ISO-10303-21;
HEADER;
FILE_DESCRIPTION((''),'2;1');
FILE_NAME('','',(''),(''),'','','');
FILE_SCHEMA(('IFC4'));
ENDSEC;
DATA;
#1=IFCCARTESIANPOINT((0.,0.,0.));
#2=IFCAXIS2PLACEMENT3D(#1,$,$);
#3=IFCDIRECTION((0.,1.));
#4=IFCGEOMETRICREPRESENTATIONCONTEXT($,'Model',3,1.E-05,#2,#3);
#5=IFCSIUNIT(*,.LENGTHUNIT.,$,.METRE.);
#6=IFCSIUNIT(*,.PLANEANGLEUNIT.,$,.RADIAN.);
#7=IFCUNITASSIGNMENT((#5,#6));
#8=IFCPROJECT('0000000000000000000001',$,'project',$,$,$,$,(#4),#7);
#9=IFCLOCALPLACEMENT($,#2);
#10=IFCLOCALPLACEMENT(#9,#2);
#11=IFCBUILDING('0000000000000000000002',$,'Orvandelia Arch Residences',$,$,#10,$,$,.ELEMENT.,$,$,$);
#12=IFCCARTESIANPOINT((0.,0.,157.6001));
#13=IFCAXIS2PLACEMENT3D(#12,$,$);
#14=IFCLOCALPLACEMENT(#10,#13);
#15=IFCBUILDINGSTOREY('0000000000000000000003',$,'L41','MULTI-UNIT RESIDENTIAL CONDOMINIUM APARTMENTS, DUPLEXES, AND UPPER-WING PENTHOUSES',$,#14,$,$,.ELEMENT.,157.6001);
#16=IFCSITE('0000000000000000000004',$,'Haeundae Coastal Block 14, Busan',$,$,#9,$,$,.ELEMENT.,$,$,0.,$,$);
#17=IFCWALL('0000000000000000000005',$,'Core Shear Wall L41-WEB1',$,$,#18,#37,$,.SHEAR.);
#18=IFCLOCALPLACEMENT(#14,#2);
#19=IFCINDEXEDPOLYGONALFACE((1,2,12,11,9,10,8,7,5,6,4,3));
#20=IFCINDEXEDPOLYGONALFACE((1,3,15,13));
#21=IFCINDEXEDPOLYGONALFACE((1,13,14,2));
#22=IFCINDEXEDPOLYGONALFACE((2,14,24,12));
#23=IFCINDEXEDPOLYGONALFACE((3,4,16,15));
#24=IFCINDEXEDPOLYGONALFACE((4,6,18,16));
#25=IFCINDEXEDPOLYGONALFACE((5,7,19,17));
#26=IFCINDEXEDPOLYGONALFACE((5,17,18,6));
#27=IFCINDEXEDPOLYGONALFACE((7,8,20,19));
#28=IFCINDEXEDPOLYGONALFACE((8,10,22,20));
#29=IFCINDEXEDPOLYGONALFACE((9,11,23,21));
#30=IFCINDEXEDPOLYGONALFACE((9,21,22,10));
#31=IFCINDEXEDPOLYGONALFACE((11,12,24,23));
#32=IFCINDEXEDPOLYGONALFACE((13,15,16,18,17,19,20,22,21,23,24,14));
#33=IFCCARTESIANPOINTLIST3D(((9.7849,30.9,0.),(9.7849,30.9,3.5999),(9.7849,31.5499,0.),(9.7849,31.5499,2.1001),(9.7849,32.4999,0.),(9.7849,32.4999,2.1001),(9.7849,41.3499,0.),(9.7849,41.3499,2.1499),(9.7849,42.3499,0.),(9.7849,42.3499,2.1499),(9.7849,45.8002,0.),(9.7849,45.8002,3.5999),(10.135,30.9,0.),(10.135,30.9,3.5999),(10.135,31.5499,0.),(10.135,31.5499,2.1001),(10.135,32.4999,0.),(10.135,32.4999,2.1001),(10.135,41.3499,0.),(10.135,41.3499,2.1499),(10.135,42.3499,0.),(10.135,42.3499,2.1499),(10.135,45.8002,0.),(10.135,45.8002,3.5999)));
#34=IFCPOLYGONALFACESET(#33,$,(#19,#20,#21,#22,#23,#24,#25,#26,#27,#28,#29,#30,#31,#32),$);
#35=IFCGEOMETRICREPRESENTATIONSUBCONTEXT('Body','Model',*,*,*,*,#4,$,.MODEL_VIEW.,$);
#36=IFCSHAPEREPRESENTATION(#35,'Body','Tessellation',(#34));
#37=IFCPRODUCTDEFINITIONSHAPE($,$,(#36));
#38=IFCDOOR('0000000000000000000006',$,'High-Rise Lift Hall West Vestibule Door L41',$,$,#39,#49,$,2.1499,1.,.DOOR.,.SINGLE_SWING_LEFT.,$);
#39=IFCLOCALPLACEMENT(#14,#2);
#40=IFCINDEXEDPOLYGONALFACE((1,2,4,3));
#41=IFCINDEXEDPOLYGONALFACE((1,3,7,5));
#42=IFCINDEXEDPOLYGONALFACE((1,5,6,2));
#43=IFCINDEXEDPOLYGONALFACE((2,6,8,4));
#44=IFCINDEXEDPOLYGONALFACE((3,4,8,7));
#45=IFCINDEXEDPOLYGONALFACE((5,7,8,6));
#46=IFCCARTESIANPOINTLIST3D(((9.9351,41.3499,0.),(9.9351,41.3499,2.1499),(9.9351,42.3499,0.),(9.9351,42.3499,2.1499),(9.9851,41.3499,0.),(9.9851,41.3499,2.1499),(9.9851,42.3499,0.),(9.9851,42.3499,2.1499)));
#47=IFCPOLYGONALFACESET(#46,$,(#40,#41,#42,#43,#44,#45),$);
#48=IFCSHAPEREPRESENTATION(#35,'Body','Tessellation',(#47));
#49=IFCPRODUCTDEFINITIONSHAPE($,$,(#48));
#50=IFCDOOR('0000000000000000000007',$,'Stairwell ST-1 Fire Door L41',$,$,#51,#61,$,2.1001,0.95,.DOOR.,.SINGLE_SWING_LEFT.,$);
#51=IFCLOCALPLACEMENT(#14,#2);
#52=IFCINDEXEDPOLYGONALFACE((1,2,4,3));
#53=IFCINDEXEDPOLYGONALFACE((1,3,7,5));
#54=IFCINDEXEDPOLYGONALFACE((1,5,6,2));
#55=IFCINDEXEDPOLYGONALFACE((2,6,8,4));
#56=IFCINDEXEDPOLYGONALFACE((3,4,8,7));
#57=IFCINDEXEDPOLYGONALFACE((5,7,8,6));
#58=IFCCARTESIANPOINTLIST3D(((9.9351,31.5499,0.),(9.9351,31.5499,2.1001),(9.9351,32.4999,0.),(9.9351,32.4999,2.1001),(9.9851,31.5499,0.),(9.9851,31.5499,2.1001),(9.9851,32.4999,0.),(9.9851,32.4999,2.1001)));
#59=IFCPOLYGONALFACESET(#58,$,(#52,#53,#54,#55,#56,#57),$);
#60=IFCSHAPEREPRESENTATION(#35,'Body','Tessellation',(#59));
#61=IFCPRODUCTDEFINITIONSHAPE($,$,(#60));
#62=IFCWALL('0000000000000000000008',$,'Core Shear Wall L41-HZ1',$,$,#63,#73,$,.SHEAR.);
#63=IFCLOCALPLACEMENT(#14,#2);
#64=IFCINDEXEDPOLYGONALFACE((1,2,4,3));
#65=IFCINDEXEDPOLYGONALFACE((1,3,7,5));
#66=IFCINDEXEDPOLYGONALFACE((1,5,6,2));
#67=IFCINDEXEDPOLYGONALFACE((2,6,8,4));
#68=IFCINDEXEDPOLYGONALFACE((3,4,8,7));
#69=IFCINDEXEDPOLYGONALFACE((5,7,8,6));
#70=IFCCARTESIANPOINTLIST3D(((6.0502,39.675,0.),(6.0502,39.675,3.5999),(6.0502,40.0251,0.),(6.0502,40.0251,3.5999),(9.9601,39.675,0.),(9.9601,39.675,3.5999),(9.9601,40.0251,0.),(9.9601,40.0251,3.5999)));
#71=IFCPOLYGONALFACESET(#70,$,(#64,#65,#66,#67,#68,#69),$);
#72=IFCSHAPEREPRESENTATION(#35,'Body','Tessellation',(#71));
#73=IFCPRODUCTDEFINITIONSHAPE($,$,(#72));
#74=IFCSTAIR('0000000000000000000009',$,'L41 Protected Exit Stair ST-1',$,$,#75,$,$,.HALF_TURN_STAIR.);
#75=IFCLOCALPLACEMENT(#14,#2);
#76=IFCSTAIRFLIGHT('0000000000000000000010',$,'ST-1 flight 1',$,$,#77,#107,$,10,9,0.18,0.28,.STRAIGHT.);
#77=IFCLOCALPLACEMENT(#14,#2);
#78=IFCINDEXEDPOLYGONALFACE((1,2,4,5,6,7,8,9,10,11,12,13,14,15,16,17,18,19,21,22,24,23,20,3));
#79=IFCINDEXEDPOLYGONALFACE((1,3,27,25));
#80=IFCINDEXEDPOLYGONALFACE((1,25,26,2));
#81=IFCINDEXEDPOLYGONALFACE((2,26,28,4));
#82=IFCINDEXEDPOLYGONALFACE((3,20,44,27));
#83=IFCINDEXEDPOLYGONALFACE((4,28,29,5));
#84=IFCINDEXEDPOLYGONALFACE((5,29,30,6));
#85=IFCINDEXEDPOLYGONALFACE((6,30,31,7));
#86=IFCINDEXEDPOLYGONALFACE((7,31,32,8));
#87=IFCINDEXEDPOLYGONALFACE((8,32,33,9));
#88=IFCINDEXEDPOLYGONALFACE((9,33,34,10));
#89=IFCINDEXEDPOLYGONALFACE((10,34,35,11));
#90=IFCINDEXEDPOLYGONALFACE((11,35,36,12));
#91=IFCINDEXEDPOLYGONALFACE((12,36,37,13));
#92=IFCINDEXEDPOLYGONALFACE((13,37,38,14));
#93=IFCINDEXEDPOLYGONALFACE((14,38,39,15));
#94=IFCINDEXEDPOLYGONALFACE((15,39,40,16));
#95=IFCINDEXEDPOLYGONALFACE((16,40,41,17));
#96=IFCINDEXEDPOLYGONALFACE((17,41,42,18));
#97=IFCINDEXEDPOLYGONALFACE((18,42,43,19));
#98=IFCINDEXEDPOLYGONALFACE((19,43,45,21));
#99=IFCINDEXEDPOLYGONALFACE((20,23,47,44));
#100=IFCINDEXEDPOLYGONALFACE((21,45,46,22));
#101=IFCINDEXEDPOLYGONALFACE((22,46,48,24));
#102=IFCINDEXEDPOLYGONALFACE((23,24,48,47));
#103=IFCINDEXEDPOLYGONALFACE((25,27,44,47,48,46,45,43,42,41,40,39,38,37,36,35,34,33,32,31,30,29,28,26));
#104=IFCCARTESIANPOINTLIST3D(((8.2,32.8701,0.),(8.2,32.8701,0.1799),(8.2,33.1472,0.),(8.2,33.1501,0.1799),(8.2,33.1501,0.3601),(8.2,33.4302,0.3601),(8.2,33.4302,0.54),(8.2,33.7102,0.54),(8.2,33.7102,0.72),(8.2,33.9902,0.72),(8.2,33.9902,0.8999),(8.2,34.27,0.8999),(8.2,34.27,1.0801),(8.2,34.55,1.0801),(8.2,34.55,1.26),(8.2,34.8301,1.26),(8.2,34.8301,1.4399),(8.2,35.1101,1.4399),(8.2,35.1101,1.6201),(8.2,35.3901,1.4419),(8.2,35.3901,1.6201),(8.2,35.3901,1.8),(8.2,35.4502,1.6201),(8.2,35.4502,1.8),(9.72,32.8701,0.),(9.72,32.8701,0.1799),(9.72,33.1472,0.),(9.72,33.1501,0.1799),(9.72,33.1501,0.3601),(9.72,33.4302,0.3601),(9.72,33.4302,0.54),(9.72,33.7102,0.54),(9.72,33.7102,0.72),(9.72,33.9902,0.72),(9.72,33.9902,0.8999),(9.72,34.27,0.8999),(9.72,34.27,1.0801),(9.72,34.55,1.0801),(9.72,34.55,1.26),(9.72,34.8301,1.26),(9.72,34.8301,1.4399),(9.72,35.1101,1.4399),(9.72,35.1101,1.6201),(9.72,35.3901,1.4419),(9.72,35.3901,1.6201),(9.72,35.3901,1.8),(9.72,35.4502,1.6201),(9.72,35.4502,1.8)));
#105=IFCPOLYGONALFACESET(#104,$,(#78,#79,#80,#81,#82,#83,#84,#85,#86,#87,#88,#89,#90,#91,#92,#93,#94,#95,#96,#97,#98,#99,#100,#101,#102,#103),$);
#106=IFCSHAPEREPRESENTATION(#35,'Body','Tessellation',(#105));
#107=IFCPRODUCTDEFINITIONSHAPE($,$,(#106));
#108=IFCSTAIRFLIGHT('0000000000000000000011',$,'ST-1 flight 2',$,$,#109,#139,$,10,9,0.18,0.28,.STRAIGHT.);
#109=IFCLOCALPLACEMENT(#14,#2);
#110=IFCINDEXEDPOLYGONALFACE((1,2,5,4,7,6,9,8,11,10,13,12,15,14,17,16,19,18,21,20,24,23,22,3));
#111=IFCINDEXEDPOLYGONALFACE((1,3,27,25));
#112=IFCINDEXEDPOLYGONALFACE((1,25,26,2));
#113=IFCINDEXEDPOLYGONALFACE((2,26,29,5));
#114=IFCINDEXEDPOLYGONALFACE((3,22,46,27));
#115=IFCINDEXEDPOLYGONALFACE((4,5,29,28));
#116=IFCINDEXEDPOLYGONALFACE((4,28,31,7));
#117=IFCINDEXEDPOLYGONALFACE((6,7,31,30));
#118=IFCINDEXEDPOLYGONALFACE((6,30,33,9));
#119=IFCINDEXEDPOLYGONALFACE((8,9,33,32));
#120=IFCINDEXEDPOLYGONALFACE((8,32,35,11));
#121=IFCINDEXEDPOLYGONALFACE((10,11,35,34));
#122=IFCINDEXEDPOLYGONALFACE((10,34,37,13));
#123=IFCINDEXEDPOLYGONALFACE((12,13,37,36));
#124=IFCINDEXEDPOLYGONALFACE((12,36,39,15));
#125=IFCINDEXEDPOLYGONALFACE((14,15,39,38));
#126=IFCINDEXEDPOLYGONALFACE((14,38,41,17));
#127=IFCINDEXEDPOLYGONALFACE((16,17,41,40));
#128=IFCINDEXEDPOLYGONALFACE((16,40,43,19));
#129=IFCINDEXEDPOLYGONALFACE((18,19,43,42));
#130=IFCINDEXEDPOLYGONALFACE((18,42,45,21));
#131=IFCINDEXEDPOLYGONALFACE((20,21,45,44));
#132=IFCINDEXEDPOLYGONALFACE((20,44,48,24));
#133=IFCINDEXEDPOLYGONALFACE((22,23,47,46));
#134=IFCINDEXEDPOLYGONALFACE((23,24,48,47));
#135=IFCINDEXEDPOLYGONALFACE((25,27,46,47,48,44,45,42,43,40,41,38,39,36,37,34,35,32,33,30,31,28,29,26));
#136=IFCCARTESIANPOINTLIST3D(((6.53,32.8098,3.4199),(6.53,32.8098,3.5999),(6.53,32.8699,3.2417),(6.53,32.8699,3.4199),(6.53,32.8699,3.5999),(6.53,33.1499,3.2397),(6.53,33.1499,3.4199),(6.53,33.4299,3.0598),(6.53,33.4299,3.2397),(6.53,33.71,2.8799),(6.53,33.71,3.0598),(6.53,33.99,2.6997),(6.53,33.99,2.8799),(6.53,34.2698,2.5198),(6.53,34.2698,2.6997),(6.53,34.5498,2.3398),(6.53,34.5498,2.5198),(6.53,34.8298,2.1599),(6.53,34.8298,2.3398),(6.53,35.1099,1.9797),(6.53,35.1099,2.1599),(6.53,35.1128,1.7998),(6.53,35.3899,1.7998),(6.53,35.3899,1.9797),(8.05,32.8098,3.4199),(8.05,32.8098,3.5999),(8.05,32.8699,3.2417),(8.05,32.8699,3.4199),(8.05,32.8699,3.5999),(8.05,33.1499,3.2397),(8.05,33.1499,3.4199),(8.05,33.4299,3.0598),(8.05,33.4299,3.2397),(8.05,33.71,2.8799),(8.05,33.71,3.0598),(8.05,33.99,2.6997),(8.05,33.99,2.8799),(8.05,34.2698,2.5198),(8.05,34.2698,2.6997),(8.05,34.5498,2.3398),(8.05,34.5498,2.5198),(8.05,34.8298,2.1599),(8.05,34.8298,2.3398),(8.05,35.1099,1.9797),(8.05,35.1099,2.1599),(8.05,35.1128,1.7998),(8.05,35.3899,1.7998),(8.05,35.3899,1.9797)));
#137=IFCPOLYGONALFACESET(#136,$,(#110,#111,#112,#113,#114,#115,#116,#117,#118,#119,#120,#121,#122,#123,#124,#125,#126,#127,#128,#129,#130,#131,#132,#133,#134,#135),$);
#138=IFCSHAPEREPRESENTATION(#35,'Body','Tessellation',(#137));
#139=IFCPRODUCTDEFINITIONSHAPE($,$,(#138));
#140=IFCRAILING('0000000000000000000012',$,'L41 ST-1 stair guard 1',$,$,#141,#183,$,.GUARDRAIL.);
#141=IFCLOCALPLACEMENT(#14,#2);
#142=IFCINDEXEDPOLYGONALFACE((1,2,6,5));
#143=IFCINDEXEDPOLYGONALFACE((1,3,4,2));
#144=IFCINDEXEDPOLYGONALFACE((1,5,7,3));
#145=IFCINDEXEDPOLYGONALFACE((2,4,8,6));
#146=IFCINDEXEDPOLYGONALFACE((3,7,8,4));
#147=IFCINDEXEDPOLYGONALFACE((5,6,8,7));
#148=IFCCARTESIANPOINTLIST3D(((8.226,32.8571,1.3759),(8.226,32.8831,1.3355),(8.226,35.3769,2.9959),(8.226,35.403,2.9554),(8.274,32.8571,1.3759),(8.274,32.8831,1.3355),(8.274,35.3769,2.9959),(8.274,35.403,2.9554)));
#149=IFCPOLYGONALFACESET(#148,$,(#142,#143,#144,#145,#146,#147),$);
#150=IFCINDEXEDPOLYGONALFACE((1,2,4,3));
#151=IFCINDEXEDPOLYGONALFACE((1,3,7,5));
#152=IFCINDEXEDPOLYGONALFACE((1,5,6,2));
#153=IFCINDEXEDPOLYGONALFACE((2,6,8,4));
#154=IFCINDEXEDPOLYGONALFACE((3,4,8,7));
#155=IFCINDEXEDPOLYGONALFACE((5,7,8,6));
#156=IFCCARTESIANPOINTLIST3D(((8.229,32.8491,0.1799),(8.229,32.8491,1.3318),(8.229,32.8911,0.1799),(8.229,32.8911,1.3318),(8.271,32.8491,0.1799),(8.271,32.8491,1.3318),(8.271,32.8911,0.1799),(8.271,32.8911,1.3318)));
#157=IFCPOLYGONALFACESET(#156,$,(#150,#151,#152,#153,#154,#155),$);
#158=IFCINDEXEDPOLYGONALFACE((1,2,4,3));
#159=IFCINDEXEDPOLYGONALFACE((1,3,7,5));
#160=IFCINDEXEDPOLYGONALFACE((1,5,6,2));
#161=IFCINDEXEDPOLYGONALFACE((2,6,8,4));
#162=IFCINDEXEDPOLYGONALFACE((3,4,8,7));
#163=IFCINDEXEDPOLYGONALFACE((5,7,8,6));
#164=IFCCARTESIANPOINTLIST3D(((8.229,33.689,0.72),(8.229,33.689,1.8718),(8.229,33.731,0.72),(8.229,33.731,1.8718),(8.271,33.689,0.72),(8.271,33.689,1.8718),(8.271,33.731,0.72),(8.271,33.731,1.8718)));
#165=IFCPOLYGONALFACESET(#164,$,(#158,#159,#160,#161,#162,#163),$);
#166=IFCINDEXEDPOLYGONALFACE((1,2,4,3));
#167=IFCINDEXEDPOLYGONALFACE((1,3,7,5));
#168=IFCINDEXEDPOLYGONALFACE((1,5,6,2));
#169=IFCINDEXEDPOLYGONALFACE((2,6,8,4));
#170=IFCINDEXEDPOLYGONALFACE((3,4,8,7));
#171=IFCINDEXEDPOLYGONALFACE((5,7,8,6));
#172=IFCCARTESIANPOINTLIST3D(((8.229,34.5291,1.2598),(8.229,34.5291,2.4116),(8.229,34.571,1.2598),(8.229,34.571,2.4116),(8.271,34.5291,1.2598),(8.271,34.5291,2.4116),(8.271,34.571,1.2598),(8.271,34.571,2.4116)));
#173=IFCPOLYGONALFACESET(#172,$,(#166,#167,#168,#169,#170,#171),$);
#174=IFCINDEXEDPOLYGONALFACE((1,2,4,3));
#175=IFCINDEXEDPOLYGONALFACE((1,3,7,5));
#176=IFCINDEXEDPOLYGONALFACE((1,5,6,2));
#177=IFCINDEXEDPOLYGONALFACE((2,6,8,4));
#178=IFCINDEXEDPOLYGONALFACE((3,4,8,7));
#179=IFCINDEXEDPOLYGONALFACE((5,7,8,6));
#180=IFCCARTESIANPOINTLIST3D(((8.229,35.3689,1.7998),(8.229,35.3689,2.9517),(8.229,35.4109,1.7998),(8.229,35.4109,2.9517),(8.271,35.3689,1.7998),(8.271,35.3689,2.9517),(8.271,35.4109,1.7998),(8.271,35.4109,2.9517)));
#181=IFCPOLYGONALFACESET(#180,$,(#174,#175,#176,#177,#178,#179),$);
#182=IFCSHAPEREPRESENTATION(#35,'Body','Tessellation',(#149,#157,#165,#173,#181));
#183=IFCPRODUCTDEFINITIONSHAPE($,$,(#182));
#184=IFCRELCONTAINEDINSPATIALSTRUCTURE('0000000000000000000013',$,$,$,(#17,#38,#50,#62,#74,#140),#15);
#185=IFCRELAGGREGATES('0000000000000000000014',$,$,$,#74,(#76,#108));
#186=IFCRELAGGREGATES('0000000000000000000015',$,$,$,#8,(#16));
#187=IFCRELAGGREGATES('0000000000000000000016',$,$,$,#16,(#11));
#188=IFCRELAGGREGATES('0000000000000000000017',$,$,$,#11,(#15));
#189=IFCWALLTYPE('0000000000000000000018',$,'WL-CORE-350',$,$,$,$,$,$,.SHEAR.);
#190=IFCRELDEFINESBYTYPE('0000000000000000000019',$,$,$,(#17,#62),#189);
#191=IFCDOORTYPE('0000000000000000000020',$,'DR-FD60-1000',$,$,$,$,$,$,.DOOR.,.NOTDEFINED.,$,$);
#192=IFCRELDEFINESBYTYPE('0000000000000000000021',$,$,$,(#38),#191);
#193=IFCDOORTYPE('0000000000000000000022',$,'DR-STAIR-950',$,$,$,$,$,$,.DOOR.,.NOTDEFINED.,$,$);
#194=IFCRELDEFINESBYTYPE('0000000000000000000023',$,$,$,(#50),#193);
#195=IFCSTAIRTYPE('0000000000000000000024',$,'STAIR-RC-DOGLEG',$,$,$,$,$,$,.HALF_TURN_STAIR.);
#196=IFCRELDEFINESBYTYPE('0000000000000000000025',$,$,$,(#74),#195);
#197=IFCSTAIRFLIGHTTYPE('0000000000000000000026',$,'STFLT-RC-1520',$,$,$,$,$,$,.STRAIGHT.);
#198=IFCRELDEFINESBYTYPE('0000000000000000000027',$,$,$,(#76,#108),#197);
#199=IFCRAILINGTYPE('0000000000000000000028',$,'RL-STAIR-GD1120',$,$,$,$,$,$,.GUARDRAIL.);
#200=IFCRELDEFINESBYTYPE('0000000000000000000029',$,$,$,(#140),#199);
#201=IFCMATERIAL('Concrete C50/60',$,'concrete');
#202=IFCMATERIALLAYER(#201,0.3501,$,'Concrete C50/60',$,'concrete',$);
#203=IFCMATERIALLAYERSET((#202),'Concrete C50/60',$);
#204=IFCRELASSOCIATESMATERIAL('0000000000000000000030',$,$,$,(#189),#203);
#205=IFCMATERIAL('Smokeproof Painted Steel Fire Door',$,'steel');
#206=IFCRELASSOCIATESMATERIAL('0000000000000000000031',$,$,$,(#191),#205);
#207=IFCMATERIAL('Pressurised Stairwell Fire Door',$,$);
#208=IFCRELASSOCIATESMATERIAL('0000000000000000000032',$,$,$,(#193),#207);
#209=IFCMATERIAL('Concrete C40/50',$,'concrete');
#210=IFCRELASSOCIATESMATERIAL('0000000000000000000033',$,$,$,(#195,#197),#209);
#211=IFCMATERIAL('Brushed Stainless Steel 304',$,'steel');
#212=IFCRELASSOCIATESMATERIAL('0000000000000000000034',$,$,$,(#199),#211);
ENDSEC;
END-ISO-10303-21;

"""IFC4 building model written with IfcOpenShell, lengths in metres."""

from ifc_helpers import new_model, si_unit, direction, frame, frame_2d, origin, origin_2d, place, context, subcontext, project, spatial, polyline, rectangle, outline, extrude, material, layer, layer_set, type_object, element, fill, aggregate, save


model = new_model("IFC4")

# Units and contexts
model_context = context("Model", 3, precision=1e-05, world=origin(), true_north=direction((0.0, 1.0)))
body_context = subcontext(model_context, "Body", "Model", "MODEL_VIEW")
ifc_project = project(units=[si_unit("LENGTHUNIT", "METRE"), si_unit("PLANEANGLEUNIT", "RADIAN")], contexts=[model_context])

# Site, building, storey
site_placement = place(None, origin())
site = spatial("IfcSite", under=ifc_project, at=site_placement, Name="Haeundae Coastal Block 14, Busan", CompositionType="ELEMENT", RefElevation=0.0)
building_placement = place(site_placement, origin())
building = spatial("IfcBuilding", under=site, at=building_placement, Name="Orvandelia Arch Residences", CompositionType="ELEMENT")
storey_placement = place(building_placement, frame((0.0, 0.0, 157.6001)))
storey = spatial("IfcBuildingStorey", under=building, at=storey_placement, Name="L41", Description="MULTI-UNIT RESIDENTIAL CONDOMINIUM APARTMENTS, DUPLEXES, AND UPPER-WING PENTHOUSES", CompositionType="ELEMENT", Elevation=157.6001)

# Wall, openings, doors
ifc_material_1 = material(Name="Concrete C50/60", Category="concrete")
ifc_layer_1 = layer(ifc_material_1, 0.3501, Name="Concrete C50/60", Category="concrete")
ifc_layer_set_1 = layer_set([ifc_layer_1], Name="Concrete C50/60")
wall_type_1 = type_object("IfcWallType", Name="WL-CORE-350", PredefinedType="SHEAR", material=ifc_layer_set_1)
wall_1_placement = place(storey_placement, frame((9.96, 30.8999, 0.0), z_axis=(0.0, 0.0, 1.0), x_axis=(0.0, 1.0, 0.0)))
wall_1 = element("IfcWall", 1, at=wall_1_placement, inside=storey, type_object=wall_type_1, Name="Core Shear Wall L41-WEB1", PredefinedType="SHEAR", context=body_context, shape_type="SweptSolid", body=[
    extrude(rectangle(XDim=14.9001, YDim=0.3501, at=frame_2d((7.4502, 0.0))), origin(), (0.0, 0.0, 1.0), 3.5999),
])
opening_1_placement = place(wall_1_placement, frame((0.6499, 0.0, 0.0)))
opening_1 = element("IfcOpeningElement", 2, at=opening_1_placement, cuts=wall_1, PredefinedType="OPENING", context=body_context, shape_type="SweptSolid", body=[
    extrude(rectangle(XDim=0.95, YDim=2.1001, at=frame_2d((0.4751, 1.05))), frame((0.0, 0.1851, 0.0), z_axis=(0.0, -1.0, 0.0), x_axis=(1.0, 0.0, 0.0)), (0.0, 0.0, 1.0), 0.3701),
])
opening_2_placement = place(wall_1_placement, frame((10.45, 0.0, 0.0)))
opening_2 = element("IfcOpeningElement", 3, at=opening_2_placement, cuts=wall_1, PredefinedType="OPENING", context=body_context, shape_type="SweptSolid", body=[
    extrude(rectangle(XDim=1.0, YDim=2.1499, at=frame_2d((0.5, 1.075))), frame((0.0, 0.1851, 0.0), z_axis=(0.0, -1.0, 0.0), x_axis=(1.0, 0.0, 0.0)), (0.0, 0.0, 1.0), 0.3701),
])
ifc_material_2 = material(Name="Smokeproof Painted Steel Fire Door", Category="steel")
door_type_1 = type_object("IfcDoorType", Name="DR-FD60-1000", OperationType="NOTDEFINED", PredefinedType="DOOR", material=ifc_material_2)
door_1_placement = place(opening_2_placement, origin())
door_1 = element("IfcDoor", 4, at=door_1_placement, inside=storey, type_object=door_type_1, Name="High-Rise Lift Hall West Vestibule Door L41", OperationType="SINGLE_SWING_LEFT", OverallHeight=2.1499, OverallWidth=1.0, PredefinedType="DOOR", context=body_context, shape_type="SweptSolid", body=[
    extrude(rectangle(XDim=1.0, YDim=2.1499, at=frame_2d((0.5, 1.075))), frame((0.0, 0.0249, 0.0), z_axis=(0.0, -1.0, 0.0), x_axis=(1.0, 0.0, 0.0)), (0.0, 0.0, 1.0), 0.05),
])
fill(opening_2, door_1)
ifc_material_3 = material(Name="Pressurised Stairwell Fire Door")
door_type_2 = type_object("IfcDoorType", Name="DR-STAIR-950", OperationType="NOTDEFINED", PredefinedType="DOOR", material=ifc_material_3)
door_2_placement = place(opening_1_placement, origin())
door_2 = element("IfcDoor", 5, at=door_2_placement, inside=storey, type_object=door_type_2, Name="Stairwell ST-1 Fire Door L41", OperationType="SINGLE_SWING_LEFT", OverallHeight=2.1001, OverallWidth=0.95, PredefinedType="DOOR", context=body_context, shape_type="SweptSolid", body=[
    extrude(rectangle(XDim=0.95, YDim=2.1001, at=frame_2d((0.4751, 1.05))), frame((0.0, 0.0249, 0.0), z_axis=(0.0, -1.0, 0.0), x_axis=(1.0, 0.0, 0.0)), (0.0, 0.0, 1.0), 0.05),
])
fill(opening_1, door_2)

# Wall
wall_2_placement = place(storey_placement, frame((6.05, 39.8501, 0.0), z_axis=(0.0, 0.0, 1.0), x_axis=(1.0, 0.0, 0.0)))
element("IfcWall", 6, at=wall_2_placement, inside=storey, type_object=wall_type_1, Name="Core Shear Wall L41-HZ1", PredefinedType="SHEAR", context=body_context, shape_type="SweptSolid", body=[
    extrude(rectangle(XDim=3.9099, YDim=0.3501, at=frame_2d((1.9551, 0.0))), origin(), (0.0, 0.0, 1.0), 3.5999),
])

# Stair, stair flights
ifc_material_4 = material(Name="Concrete C40/50", Category="concrete")
stair_type = type_object("IfcStairType", Name="STAIR-RC-DOGLEG", PredefinedType="HALF_TURN_STAIR", material=ifc_material_4)
stair_placement = place(storey_placement, origin())
stair = element("IfcStair", 7, at=stair_placement, inside=storey, type_object=stair_type, Name="L41 Protected Exit Stair ST-1", PredefinedType="HALF_TURN_STAIR")
stair_flight_type = type_object("IfcStairFlightType", Name="STFLT-RC-1520", PredefinedType="STRAIGHT", material=ifc_material_4)
stair_flight_1_placement = place(storey_placement, frame((8.96, 32.8701, 0.0), z_axis=(0.0, 0.0, 1.0), x_axis=(0.0, 1.0, 0.0)))
stair_flight_1 = element("IfcStairFlight", 8, at=stair_flight_1_placement, type_object=stair_flight_type, Name="ST-1 flight 1", NumberOfRisers=10, NumberOfTreads=9, PredefinedType="STRAIGHT", RiserHeight=0.18, TreadLength=0.28, context=body_context, shape_type="SweptSolid", body=[
    extrude(outline(polyline([(0.0, 0.0), (0.0, 0.1799), (0.28, 0.1799), (0.28, 0.3601), (0.5601, 0.3601), (0.5601, 0.54), (0.8401, 0.54), (0.8401, 0.72), (1.1201, 0.72), (1.1201, 0.8999), (1.3999, 0.8999), (1.3999, 1.0801), (1.6799, 1.0801), (1.6799, 1.26), (1.96, 1.26), (1.96, 1.4399), (2.24, 1.4399), (2.24, 1.6201), (2.52, 1.6201), (2.52, 1.8), (2.5801, 1.8), (2.5801, 1.6201), (2.52, 1.4419), (0.2771, 0.0), (0.0, 0.0)])), frame((0.0, 0.76, 0.0), z_axis=(0.0, -1.0, 0.0), x_axis=(1.0, 0.0, 0.0)), (0.0, 0.0, 1.0), 1.52),
])
stair_flight_2_placement = place(storey_placement, frame((7.29, 35.3899, 1.7998), z_axis=(0.0, 0.0, 1.0), x_axis=(0.0, -1.0, 0.0)))
stair_flight_2 = element("IfcStairFlight", 9, at=stair_flight_2_placement, type_object=stair_flight_type, Name="ST-1 flight 2", NumberOfRisers=10, NumberOfTreads=9, PredefinedType="STRAIGHT", RiserHeight=0.18, TreadLength=0.28, context=body_context, shape_type="SweptSolid", body=[
    extrude(outline(polyline([(0.0, 0.0), (0.0, 0.1799), (0.28, 0.1799), (0.28, 0.3601), (0.5601, 0.3601), (0.5601, 0.54), (0.8401, 0.54), (0.8401, 0.72), (1.1201, 0.72), (1.1201, 0.8999), (1.3999, 0.8999), (1.3999, 1.0801), (1.6799, 1.0801), (1.6799, 1.26), (1.96, 1.26), (1.96, 1.4399), (2.24, 1.4399), (2.24, 1.6201), (2.52, 1.6201), (2.52, 1.8), (2.5801, 1.8), (2.5801, 1.6201), (2.52, 1.4419), (0.2771, 0.0), (0.0, 0.0)])), frame((0.0, 0.76, 0.0), z_axis=(0.0, -1.0, 0.0), x_axis=(1.0, 0.0, 0.0)), (0.0, 0.0, 1.0), 1.52),
])
aggregate(stair, [stair_flight_1, stair_flight_2])

# Railing
ifc_material_5 = material(Name="Brushed Stainless Steel 304", Category="steel")
railing_type_1 = type_object("IfcRailingType", Name="RL-STAIR-GD1120", PredefinedType="GUARDRAIL", material=ifc_material_5)
railing_1_placement = place(storey_placement, frame((8.25, 32.8701, 0.1799)))
element("IfcRailing", 10, at=railing_1_placement, inside=storey, type_object=railing_type_1, Name="L41 ST-1 stair guard 1", PredefinedType="GUARDRAIL", context=body_context, shape_type="SweptSolid", body=[
    extrude(rectangle(XDim=0.0481, YDim=0.0481, at=origin_2d()), frame((0.0, 0.0, 1.1758), z_axis=(0.0, 0.841176, 0.540762), x_axis=(-1.0, 0.0, 0.0)), (0.0, 0.0, 1.0), 2.9956),
    extrude(rectangle(XDim=0.042, YDim=0.042, at=origin_2d()), origin(), (0.0, 0.0, 1.0), 1.1519),
    extrude(rectangle(XDim=0.042, YDim=0.042, at=origin_2d()), frame((0.0, 0.8398, 0.54)), (0.0, 0.0, 1.0), 1.1519),
    extrude(rectangle(XDim=0.042, YDim=0.042, at=origin_2d()), frame((0.0, 1.6799, 1.0798)), (0.0, 0.0, 1.0), 1.1519),
    extrude(rectangle(XDim=0.042, YDim=0.042, at=origin_2d()), frame((0.0, 2.5198, 1.6199)), (0.0, 0.0, 1.0), 1.1519),
])

save(model, "model.ifc")
